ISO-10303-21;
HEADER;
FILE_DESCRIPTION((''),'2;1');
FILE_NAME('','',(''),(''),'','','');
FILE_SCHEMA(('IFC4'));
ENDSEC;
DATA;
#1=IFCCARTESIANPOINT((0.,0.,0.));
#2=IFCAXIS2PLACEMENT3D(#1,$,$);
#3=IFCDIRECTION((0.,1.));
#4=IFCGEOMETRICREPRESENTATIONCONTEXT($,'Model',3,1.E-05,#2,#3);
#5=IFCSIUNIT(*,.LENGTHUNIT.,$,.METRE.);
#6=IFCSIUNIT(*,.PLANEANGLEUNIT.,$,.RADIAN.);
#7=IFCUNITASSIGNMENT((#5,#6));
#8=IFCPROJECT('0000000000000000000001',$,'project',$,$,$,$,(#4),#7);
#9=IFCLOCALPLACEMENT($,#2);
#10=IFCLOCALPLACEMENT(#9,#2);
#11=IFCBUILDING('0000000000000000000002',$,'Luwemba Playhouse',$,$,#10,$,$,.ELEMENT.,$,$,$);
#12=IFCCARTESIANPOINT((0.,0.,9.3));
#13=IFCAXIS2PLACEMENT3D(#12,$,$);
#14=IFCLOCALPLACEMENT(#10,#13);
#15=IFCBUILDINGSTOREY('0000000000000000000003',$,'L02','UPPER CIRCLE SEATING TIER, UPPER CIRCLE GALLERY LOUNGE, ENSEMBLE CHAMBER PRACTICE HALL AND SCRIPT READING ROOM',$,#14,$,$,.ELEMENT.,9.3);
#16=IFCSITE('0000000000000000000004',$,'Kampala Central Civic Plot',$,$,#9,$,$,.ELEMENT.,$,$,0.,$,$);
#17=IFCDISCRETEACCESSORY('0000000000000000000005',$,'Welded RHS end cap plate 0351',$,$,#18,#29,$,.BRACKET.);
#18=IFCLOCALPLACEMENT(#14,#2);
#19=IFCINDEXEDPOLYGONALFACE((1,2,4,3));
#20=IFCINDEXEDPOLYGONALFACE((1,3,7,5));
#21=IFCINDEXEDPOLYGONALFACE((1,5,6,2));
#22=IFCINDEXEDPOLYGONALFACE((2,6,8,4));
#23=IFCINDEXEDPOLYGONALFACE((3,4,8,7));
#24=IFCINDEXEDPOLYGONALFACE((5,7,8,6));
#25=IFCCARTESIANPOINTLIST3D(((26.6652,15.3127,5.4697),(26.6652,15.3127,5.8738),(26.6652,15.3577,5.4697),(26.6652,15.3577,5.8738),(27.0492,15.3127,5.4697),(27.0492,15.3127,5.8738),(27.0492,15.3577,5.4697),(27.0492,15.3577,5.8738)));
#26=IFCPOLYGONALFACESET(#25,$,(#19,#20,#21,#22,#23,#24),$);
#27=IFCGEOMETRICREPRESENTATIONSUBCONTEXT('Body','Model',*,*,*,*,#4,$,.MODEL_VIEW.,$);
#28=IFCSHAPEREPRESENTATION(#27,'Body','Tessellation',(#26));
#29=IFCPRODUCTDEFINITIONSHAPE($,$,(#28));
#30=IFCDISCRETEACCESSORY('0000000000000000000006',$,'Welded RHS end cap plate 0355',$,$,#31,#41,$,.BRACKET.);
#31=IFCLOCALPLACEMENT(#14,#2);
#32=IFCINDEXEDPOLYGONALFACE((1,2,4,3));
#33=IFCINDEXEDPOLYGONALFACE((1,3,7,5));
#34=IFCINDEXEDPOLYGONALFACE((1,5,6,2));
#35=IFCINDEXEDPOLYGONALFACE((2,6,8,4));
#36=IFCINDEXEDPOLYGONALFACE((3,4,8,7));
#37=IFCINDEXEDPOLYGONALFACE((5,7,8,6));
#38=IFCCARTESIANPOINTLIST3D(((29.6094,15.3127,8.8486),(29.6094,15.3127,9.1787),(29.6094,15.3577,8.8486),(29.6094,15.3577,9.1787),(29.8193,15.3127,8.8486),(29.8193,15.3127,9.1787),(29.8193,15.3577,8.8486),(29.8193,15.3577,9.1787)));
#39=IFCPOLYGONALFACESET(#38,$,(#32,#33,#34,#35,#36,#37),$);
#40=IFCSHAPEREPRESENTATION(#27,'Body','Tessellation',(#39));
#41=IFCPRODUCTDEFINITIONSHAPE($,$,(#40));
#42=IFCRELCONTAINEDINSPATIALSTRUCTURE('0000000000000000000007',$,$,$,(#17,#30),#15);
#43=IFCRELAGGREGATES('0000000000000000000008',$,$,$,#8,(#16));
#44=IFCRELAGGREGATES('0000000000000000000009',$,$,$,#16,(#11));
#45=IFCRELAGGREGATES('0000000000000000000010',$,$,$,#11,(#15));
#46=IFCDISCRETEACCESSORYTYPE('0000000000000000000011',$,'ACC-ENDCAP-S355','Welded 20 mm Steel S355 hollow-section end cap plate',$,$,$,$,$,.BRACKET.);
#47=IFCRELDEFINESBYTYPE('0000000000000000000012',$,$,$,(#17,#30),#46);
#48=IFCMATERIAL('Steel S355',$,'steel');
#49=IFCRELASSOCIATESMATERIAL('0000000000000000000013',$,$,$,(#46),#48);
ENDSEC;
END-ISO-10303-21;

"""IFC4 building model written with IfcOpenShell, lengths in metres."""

from ifc_helpers import new_model, si_unit, direction, frame, origin, origin_2d, place, context, subcontext, project, spatial, rectangle, extrude, material, type_object, element, save


model = new_model("IFC4")

# Units and contexts
model_context = context("Model", 3, precision=1e-05, world=origin(), true_north=direction((0.0, 1.0)))
body_context = subcontext(model_context, "Body", "Model", "MODEL_VIEW")
ifc_project = project(units=[si_unit("LENGTHUNIT", "METRE"), si_unit("PLANEANGLEUNIT", "RADIAN")], contexts=[model_context])

# Site, building, storey
site_placement = place(None, origin())
site = spatial("IfcSite", under=ifc_project, at=site_placement, Name="Kampala Central Civic Plot", CompositionType="ELEMENT", RefElevation=0.0)
building_placement = place(site_placement, origin())
building = spatial("IfcBuilding", under=site, at=building_placement, Name="Luwemba Playhouse", CompositionType="ELEMENT")
storey_placement = place(building_placement, frame((0.0, 0.0, 9.3)))
storey = spatial("IfcBuildingStorey", under=building, at=storey_placement, Name="L02", Description="UPPER CIRCLE SEATING TIER, UPPER CIRCLE GALLERY LOUNGE, ENSEMBLE CHAMBER PRACTICE HALL AND SCRIPT READING ROOM", CompositionType="ELEMENT", Elevation=9.3)

# Shared definitions
ifc_material_1 = material(Name="Steel S355", Category="steel")

# Discrete accessories
discrete_accessory_type = type_object("IfcDiscreteAccessoryType", Name="ACC-ENDCAP-S355", Description="Welded 20 mm Steel S355 hollow-section end cap plate", PredefinedType="BRACKET", material=ifc_material_1)
discrete_accessory_1_placement = place(storey_placement, frame((26.8572, 15.3352, 5.4697), z_axis=(0.0, 0.0, 1.0), x_axis=(1.0, 0.0, 0.0)))
element("IfcDiscreteAccessory", 1, at=discrete_accessory_1_placement, inside=storey, type_object=discrete_accessory_type, Name="Welded RHS end cap plate 0351", PredefinedType="BRACKET", context=body_context, shape_type="SweptSolid", body=[
    extrude(rectangle(XDim=0.384, YDim=0.0449, at=origin_2d()), origin(), (0.0, 0.0, 1.0), 0.4041),
])
discrete_accessory_2_placement = place(storey_placement, frame((29.7144, 15.3352, 8.8486), z_axis=(0.0, 0.0, 1.0), x_axis=(1.0, 0.0, 0.0)))
element("IfcDiscreteAccessory", 2, at=discrete_accessory_2_placement, inside=storey, type_object=discrete_accessory_type, Name="Welded RHS end cap plate 0355", PredefinedType="BRACKET", context=body_context, shape_type="SweptSolid", body=[
    extrude(rectangle(XDim=0.21, YDim=0.0449, at=origin_2d()), origin(), (0.0, 0.0, 1.0), 0.3301),
])

save(model, "model.ifc")
